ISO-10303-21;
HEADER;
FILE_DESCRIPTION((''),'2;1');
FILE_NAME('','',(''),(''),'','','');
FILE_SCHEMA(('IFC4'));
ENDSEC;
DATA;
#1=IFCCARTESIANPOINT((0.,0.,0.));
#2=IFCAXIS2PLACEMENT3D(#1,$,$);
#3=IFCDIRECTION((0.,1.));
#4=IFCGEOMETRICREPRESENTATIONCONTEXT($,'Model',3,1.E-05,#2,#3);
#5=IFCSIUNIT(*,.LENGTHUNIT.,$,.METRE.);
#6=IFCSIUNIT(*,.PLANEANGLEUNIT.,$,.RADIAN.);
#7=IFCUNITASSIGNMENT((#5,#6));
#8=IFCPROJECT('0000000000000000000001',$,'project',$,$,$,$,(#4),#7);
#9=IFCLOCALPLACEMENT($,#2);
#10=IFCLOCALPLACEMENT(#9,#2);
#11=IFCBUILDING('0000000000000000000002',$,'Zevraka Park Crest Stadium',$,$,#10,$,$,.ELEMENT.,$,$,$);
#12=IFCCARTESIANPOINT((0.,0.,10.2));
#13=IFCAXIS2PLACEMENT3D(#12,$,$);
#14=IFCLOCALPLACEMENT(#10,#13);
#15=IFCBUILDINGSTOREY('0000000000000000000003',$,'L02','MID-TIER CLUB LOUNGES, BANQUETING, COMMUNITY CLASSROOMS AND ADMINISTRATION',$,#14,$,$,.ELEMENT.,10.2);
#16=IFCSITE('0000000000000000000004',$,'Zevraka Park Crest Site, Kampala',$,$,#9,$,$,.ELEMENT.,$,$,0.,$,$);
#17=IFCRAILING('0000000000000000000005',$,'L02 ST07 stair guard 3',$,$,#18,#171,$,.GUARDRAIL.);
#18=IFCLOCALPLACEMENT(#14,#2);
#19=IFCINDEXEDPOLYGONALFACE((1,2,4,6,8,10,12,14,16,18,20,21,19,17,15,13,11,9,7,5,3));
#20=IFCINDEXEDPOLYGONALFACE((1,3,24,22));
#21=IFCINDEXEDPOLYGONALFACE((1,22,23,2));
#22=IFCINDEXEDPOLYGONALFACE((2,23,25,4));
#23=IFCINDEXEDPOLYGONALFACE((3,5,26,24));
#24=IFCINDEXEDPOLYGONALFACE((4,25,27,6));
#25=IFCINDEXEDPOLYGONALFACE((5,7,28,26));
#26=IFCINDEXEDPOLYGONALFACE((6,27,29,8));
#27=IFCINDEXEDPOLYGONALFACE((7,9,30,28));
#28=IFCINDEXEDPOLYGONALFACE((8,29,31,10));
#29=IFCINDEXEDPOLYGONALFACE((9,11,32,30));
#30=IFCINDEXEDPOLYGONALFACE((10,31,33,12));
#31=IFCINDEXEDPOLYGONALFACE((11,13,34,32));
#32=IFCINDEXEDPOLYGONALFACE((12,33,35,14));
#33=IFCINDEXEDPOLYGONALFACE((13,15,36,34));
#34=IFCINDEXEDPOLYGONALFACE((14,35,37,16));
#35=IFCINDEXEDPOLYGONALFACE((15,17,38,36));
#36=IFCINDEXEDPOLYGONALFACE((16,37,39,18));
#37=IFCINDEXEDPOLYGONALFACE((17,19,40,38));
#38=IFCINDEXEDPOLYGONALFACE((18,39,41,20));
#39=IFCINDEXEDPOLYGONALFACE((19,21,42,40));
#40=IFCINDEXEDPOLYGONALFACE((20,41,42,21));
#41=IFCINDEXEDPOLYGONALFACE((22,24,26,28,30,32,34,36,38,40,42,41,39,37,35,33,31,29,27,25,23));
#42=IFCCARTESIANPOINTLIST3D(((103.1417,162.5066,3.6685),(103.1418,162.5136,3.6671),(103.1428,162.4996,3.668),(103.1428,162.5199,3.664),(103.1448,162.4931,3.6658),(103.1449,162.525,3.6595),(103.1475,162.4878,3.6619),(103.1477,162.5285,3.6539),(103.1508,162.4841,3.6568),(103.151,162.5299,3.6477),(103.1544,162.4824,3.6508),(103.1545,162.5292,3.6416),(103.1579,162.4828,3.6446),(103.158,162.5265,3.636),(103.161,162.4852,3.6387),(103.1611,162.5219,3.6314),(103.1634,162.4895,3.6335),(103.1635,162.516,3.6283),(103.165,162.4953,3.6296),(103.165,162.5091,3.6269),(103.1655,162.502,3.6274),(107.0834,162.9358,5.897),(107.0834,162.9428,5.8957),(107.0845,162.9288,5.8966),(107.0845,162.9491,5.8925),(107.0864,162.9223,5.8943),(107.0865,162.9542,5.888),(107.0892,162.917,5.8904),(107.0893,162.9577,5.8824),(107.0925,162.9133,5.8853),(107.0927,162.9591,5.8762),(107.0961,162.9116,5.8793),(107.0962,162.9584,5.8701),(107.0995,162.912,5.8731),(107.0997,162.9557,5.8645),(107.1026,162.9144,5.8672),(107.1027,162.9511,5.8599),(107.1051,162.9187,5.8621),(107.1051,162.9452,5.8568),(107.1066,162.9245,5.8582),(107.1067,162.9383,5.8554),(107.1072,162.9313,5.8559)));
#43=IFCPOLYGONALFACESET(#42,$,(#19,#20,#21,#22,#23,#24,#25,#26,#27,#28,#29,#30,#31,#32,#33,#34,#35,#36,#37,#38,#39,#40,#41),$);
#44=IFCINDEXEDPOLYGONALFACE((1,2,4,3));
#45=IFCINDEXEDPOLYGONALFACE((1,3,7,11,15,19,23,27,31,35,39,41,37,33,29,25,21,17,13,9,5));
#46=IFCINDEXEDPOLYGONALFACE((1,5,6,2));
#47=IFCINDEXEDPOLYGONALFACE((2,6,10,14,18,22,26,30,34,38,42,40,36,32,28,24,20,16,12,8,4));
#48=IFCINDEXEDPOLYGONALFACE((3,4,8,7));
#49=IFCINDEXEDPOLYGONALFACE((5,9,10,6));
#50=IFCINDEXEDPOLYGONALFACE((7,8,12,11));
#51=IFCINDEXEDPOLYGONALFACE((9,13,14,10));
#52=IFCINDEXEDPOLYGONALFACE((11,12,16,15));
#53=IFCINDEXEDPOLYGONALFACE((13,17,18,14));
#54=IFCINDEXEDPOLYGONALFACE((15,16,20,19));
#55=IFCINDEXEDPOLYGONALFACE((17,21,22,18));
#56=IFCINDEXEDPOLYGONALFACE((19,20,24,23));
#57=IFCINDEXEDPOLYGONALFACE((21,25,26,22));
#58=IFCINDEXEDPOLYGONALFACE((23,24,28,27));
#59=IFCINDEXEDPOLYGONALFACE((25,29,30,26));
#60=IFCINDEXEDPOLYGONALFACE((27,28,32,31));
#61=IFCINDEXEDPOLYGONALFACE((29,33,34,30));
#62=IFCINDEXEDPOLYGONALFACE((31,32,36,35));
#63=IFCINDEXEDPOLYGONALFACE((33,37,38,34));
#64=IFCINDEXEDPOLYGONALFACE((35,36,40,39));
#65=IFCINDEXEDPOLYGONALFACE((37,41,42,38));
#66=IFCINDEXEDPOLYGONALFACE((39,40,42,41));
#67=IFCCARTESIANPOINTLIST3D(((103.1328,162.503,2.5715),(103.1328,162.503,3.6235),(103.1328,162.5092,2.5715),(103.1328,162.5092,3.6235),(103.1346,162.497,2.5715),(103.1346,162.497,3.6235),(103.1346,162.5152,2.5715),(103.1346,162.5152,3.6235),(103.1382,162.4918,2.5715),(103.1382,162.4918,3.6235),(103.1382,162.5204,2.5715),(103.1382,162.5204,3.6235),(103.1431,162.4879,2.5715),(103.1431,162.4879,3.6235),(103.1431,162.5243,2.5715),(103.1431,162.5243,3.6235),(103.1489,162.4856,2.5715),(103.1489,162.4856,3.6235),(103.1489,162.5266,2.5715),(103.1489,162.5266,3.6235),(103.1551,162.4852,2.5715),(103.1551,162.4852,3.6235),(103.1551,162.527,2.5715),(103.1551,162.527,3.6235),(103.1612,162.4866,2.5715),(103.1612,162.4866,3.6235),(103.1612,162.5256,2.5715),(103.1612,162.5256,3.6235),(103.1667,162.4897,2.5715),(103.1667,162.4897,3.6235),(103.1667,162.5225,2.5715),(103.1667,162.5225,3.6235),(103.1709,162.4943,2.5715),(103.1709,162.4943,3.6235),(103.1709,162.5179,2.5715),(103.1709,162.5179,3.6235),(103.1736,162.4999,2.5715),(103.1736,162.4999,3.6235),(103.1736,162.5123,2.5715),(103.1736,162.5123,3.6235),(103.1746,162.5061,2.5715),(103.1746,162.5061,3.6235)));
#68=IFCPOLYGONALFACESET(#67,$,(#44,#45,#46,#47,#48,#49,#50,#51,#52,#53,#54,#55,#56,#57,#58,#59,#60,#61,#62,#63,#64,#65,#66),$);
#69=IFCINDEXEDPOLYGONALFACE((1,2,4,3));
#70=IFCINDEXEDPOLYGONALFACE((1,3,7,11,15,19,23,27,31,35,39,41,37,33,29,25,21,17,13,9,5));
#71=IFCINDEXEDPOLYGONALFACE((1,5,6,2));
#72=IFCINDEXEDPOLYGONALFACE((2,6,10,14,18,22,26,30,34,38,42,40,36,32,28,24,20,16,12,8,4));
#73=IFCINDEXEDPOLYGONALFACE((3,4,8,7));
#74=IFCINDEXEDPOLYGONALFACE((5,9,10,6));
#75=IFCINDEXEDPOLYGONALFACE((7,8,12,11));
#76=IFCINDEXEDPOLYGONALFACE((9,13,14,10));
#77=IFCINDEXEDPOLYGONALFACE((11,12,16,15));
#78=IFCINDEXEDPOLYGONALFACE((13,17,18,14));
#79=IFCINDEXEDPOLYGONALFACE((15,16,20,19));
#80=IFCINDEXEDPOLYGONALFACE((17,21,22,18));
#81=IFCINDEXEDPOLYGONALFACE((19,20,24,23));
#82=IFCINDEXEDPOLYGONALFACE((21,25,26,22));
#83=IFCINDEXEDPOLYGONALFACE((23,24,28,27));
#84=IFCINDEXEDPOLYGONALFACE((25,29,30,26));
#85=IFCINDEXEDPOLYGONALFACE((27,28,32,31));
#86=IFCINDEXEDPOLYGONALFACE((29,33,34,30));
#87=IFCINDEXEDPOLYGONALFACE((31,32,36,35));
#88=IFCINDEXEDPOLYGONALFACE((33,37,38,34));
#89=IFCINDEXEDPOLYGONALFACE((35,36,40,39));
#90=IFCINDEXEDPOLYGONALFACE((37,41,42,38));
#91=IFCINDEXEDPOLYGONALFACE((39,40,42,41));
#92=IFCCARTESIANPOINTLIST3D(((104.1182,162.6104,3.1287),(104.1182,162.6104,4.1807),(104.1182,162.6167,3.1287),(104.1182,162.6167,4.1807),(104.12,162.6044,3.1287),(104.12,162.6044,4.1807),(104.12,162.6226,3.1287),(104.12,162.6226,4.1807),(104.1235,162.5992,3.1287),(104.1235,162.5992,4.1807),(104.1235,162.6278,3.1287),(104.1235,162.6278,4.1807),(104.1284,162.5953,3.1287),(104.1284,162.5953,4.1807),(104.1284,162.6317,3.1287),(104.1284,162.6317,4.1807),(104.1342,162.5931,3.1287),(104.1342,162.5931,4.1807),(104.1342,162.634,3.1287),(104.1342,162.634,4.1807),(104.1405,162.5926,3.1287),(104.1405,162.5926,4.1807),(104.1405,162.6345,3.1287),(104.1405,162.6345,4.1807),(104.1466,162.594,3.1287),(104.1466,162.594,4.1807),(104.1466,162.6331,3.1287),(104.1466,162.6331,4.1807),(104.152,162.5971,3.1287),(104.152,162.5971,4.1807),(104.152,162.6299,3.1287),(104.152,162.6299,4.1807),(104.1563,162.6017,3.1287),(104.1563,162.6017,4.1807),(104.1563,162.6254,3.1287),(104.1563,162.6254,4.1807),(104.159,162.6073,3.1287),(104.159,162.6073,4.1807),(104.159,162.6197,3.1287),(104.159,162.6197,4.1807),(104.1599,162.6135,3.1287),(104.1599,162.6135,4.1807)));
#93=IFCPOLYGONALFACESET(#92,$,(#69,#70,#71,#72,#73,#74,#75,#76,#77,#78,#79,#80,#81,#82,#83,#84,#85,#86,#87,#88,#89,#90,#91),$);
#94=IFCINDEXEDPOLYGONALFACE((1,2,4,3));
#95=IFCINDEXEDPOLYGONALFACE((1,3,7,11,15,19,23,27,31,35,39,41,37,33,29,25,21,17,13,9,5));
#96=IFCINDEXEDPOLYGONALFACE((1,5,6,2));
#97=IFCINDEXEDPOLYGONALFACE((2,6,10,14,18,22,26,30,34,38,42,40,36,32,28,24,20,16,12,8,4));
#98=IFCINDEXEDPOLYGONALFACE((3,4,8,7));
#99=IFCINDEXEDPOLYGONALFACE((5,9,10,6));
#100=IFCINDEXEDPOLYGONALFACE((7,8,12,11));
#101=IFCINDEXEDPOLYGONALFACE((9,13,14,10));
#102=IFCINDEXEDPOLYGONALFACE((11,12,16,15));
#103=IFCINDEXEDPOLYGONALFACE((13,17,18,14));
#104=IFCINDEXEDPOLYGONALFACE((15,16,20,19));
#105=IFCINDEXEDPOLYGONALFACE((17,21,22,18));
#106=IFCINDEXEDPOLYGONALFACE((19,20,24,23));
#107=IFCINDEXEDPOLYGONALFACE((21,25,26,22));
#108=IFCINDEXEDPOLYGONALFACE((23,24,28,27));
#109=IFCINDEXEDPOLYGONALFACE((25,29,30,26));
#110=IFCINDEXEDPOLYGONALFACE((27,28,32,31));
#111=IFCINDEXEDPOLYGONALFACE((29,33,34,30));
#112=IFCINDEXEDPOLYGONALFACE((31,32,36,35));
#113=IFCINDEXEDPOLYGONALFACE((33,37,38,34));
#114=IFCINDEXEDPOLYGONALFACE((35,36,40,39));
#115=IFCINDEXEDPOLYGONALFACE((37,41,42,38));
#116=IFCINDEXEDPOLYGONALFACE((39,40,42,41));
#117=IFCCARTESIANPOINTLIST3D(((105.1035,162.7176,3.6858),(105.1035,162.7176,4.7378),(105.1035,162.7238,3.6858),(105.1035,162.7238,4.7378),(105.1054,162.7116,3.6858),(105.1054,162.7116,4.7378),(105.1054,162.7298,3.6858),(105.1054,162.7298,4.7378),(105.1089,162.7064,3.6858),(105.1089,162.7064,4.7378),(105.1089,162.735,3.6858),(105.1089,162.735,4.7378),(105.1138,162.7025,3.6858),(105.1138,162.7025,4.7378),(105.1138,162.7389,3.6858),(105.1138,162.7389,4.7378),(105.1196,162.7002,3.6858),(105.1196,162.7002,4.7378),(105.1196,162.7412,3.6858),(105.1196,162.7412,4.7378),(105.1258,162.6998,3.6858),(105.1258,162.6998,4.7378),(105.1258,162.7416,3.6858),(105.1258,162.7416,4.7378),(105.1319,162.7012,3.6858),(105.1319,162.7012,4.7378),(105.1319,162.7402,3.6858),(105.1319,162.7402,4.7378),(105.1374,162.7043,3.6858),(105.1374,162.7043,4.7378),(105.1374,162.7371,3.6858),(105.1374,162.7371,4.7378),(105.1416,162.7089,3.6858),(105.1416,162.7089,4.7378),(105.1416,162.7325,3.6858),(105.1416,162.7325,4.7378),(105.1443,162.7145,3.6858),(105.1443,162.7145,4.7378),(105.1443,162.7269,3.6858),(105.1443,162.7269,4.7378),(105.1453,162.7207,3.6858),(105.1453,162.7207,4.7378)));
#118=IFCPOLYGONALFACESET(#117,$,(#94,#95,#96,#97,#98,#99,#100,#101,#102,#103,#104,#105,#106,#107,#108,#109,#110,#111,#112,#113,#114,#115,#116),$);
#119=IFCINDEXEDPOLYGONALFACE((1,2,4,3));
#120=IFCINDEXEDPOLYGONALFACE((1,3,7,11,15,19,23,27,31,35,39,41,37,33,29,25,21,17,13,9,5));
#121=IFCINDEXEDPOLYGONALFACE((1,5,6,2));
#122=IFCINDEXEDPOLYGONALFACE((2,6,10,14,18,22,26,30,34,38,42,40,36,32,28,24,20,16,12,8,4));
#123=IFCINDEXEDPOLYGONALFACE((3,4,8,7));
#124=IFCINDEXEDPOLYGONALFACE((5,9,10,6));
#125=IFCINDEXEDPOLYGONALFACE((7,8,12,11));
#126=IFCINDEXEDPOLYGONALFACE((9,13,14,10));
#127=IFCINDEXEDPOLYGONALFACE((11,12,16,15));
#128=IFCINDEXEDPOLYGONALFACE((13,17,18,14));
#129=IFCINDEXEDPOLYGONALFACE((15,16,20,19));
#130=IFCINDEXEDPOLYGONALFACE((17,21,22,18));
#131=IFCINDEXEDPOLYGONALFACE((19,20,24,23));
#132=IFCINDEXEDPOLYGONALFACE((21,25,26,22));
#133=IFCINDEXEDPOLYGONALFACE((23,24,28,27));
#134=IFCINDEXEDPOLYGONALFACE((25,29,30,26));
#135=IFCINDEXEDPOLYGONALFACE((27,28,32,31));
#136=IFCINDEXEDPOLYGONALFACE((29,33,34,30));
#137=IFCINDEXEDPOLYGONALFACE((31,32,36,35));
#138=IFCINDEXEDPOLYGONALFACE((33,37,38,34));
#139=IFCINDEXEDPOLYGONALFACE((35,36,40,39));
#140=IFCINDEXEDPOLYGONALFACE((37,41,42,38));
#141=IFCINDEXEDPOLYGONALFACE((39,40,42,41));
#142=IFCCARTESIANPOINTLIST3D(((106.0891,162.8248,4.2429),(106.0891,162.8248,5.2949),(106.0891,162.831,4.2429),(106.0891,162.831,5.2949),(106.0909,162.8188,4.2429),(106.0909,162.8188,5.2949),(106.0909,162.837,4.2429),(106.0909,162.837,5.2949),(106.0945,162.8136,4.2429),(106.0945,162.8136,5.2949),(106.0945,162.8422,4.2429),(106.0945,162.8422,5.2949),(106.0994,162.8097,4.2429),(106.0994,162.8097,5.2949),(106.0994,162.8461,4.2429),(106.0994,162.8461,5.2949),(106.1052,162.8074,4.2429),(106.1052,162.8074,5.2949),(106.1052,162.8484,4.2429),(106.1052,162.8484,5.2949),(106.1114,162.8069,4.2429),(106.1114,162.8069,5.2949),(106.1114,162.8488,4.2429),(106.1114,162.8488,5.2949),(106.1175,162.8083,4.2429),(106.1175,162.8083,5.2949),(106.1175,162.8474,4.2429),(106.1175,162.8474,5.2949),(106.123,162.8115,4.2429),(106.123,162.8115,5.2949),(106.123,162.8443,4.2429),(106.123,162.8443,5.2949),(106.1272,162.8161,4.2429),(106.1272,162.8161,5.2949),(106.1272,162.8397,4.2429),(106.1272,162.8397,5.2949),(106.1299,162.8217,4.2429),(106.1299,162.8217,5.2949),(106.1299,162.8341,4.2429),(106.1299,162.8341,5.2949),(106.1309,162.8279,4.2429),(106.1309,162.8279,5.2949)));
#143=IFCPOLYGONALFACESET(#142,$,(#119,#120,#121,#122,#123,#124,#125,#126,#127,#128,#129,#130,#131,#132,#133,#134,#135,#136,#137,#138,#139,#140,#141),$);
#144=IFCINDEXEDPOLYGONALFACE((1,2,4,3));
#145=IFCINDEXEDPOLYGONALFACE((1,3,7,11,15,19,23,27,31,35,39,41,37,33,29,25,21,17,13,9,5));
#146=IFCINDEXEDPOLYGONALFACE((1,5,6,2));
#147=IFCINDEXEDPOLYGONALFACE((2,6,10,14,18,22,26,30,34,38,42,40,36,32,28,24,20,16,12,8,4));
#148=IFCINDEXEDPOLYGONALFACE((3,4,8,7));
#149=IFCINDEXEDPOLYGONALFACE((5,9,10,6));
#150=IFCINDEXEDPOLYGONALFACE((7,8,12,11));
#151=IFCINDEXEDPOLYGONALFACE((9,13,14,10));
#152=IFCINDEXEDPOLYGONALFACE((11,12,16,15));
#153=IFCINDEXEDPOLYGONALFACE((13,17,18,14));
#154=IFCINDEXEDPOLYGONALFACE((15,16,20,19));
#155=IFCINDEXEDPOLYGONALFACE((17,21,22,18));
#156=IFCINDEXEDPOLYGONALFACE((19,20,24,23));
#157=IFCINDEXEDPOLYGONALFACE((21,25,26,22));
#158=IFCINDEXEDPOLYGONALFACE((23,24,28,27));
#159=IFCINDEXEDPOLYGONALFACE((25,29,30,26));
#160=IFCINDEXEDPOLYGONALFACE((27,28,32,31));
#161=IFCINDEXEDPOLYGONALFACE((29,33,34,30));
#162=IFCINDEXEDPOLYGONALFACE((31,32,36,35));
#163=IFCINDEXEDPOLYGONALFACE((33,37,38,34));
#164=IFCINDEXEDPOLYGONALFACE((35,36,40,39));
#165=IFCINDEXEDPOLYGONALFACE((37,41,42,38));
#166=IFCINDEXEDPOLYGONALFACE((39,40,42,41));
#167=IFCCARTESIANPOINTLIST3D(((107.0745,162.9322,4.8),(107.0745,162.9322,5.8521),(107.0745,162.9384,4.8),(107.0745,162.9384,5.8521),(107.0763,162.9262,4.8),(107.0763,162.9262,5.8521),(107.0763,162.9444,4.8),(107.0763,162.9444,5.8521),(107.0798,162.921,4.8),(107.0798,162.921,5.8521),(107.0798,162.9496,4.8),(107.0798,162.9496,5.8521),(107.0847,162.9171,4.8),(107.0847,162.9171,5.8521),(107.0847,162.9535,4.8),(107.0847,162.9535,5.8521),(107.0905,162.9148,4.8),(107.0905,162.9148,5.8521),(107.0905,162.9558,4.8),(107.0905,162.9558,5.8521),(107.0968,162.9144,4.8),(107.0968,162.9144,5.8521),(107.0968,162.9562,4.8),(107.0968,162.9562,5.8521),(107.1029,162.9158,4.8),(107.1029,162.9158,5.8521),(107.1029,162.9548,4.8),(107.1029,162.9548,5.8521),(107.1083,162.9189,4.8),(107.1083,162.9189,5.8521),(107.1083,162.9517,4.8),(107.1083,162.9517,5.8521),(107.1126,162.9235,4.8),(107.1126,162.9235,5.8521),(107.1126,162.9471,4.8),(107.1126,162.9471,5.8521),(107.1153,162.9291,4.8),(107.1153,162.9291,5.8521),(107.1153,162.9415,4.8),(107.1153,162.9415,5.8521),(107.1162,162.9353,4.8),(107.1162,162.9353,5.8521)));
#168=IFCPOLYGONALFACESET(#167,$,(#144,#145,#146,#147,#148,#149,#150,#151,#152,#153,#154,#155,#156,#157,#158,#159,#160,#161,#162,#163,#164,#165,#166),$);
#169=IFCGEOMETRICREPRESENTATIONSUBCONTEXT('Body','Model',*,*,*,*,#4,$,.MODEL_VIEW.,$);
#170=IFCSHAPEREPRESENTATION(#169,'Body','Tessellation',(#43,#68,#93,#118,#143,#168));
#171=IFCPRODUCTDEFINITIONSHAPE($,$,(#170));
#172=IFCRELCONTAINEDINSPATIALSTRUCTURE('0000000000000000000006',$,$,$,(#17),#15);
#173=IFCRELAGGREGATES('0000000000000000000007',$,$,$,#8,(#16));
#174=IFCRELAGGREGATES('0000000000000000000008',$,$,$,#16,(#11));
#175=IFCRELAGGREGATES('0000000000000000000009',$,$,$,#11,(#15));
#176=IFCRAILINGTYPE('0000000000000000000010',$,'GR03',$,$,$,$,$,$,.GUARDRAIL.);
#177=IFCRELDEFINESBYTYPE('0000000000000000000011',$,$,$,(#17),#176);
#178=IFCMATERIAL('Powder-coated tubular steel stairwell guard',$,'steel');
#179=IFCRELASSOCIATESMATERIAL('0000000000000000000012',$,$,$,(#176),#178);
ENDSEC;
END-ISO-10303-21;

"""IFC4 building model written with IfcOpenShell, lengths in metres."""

from ifc_helpers import new_model, si_unit, direction, frame, origin, origin_2d, place, context, subcontext, project, spatial, circle, extrude, material, type_object, element, save


model = new_model("IFC4")

# Units and contexts
model_context = context("Model", 3, precision=1e-05, world=origin(), true_north=direction((0.0, 1.0)))
body_context = subcontext(model_context, "Body", "Model", "MODEL_VIEW")
ifc_project = project(units=[si_unit("LENGTHUNIT", "METRE"), si_unit("PLANEANGLEUNIT", "RADIAN")], contexts=[model_context])

# Site, building, storey
site_placement = place(None, origin())
site = spatial("IfcSite", under=ifc_project, at=site_placement, Name="Zevraka Park Crest Site, Kampala", CompositionType="ELEMENT", RefElevation=0.0)
building_placement = place(site_placement, origin())
building = spatial("IfcBuilding", under=site, at=building_placement, Name="Zevraka Park Crest Stadium", CompositionType="ELEMENT")
storey_placement = place(building_placement, frame((0.0, 0.0, 10.2)))
storey = spatial("IfcBuildingStorey", under=building, at=storey_placement, Name="L02", Description="MID-TIER CLUB LOUNGES, BANQUETING, COMMUNITY CLASSROOMS AND ADMINISTRATION", CompositionType="ELEMENT", Elevation=10.2)

# Railing
ifc_material_1 = material(Name="Powder-coated tubular steel stairwell guard", Category="steel")
railing_type_1 = type_object("IfcRailingType", Name="GR03", PredefinedType="GUARDRAIL", material=ifc_material_1)
railing_1_placement = place(storey_placement, frame((103.1536, 162.5061, 2.5715)))
element("IfcRailing", 1, at=railing_1_placement, inside=storey, type_object=railing_type_1, Name="L02 ST07 stair guard 3", PredefinedType="GUARDRAIL", context=body_context, shape_type="SweptSolid", body=[
    extrude(circle(Radius=0.0239, at=origin_2d()), frame((0.0, 0.0, 1.0762), z_axis=(0.866619, 0.094365, 0.489966), x_axis=(-0.108248, 0.994124, 0.0)), (0.0, 0.0, 1.0), 4.5483),
    extrude(circle(Radius=0.021, at=origin_2d()), origin(), (0.0, 0.0, 1.0), 1.052),
    extrude(circle(Radius=0.021, at=origin_2d()), frame((0.9854, 0.1074, 0.5571)), (0.0, 0.0, 1.0), 1.052),
    extrude(circle(Radius=0.021, at=origin_2d()), frame((1.9707, 0.2146, 1.1143)), (0.0, 0.0, 1.0), 1.052),
    extrude(circle(Radius=0.021, at=origin_2d()), frame((2.9563, 0.3218, 1.6714)), (0.0, 0.0, 1.0), 1.052),
    extrude(circle(Radius=0.021, at=origin_2d()), frame((3.9417, 0.4292, 2.2285)), (0.0, 0.0, 1.0), 1.052),
])

save(model, "model.ifc")
